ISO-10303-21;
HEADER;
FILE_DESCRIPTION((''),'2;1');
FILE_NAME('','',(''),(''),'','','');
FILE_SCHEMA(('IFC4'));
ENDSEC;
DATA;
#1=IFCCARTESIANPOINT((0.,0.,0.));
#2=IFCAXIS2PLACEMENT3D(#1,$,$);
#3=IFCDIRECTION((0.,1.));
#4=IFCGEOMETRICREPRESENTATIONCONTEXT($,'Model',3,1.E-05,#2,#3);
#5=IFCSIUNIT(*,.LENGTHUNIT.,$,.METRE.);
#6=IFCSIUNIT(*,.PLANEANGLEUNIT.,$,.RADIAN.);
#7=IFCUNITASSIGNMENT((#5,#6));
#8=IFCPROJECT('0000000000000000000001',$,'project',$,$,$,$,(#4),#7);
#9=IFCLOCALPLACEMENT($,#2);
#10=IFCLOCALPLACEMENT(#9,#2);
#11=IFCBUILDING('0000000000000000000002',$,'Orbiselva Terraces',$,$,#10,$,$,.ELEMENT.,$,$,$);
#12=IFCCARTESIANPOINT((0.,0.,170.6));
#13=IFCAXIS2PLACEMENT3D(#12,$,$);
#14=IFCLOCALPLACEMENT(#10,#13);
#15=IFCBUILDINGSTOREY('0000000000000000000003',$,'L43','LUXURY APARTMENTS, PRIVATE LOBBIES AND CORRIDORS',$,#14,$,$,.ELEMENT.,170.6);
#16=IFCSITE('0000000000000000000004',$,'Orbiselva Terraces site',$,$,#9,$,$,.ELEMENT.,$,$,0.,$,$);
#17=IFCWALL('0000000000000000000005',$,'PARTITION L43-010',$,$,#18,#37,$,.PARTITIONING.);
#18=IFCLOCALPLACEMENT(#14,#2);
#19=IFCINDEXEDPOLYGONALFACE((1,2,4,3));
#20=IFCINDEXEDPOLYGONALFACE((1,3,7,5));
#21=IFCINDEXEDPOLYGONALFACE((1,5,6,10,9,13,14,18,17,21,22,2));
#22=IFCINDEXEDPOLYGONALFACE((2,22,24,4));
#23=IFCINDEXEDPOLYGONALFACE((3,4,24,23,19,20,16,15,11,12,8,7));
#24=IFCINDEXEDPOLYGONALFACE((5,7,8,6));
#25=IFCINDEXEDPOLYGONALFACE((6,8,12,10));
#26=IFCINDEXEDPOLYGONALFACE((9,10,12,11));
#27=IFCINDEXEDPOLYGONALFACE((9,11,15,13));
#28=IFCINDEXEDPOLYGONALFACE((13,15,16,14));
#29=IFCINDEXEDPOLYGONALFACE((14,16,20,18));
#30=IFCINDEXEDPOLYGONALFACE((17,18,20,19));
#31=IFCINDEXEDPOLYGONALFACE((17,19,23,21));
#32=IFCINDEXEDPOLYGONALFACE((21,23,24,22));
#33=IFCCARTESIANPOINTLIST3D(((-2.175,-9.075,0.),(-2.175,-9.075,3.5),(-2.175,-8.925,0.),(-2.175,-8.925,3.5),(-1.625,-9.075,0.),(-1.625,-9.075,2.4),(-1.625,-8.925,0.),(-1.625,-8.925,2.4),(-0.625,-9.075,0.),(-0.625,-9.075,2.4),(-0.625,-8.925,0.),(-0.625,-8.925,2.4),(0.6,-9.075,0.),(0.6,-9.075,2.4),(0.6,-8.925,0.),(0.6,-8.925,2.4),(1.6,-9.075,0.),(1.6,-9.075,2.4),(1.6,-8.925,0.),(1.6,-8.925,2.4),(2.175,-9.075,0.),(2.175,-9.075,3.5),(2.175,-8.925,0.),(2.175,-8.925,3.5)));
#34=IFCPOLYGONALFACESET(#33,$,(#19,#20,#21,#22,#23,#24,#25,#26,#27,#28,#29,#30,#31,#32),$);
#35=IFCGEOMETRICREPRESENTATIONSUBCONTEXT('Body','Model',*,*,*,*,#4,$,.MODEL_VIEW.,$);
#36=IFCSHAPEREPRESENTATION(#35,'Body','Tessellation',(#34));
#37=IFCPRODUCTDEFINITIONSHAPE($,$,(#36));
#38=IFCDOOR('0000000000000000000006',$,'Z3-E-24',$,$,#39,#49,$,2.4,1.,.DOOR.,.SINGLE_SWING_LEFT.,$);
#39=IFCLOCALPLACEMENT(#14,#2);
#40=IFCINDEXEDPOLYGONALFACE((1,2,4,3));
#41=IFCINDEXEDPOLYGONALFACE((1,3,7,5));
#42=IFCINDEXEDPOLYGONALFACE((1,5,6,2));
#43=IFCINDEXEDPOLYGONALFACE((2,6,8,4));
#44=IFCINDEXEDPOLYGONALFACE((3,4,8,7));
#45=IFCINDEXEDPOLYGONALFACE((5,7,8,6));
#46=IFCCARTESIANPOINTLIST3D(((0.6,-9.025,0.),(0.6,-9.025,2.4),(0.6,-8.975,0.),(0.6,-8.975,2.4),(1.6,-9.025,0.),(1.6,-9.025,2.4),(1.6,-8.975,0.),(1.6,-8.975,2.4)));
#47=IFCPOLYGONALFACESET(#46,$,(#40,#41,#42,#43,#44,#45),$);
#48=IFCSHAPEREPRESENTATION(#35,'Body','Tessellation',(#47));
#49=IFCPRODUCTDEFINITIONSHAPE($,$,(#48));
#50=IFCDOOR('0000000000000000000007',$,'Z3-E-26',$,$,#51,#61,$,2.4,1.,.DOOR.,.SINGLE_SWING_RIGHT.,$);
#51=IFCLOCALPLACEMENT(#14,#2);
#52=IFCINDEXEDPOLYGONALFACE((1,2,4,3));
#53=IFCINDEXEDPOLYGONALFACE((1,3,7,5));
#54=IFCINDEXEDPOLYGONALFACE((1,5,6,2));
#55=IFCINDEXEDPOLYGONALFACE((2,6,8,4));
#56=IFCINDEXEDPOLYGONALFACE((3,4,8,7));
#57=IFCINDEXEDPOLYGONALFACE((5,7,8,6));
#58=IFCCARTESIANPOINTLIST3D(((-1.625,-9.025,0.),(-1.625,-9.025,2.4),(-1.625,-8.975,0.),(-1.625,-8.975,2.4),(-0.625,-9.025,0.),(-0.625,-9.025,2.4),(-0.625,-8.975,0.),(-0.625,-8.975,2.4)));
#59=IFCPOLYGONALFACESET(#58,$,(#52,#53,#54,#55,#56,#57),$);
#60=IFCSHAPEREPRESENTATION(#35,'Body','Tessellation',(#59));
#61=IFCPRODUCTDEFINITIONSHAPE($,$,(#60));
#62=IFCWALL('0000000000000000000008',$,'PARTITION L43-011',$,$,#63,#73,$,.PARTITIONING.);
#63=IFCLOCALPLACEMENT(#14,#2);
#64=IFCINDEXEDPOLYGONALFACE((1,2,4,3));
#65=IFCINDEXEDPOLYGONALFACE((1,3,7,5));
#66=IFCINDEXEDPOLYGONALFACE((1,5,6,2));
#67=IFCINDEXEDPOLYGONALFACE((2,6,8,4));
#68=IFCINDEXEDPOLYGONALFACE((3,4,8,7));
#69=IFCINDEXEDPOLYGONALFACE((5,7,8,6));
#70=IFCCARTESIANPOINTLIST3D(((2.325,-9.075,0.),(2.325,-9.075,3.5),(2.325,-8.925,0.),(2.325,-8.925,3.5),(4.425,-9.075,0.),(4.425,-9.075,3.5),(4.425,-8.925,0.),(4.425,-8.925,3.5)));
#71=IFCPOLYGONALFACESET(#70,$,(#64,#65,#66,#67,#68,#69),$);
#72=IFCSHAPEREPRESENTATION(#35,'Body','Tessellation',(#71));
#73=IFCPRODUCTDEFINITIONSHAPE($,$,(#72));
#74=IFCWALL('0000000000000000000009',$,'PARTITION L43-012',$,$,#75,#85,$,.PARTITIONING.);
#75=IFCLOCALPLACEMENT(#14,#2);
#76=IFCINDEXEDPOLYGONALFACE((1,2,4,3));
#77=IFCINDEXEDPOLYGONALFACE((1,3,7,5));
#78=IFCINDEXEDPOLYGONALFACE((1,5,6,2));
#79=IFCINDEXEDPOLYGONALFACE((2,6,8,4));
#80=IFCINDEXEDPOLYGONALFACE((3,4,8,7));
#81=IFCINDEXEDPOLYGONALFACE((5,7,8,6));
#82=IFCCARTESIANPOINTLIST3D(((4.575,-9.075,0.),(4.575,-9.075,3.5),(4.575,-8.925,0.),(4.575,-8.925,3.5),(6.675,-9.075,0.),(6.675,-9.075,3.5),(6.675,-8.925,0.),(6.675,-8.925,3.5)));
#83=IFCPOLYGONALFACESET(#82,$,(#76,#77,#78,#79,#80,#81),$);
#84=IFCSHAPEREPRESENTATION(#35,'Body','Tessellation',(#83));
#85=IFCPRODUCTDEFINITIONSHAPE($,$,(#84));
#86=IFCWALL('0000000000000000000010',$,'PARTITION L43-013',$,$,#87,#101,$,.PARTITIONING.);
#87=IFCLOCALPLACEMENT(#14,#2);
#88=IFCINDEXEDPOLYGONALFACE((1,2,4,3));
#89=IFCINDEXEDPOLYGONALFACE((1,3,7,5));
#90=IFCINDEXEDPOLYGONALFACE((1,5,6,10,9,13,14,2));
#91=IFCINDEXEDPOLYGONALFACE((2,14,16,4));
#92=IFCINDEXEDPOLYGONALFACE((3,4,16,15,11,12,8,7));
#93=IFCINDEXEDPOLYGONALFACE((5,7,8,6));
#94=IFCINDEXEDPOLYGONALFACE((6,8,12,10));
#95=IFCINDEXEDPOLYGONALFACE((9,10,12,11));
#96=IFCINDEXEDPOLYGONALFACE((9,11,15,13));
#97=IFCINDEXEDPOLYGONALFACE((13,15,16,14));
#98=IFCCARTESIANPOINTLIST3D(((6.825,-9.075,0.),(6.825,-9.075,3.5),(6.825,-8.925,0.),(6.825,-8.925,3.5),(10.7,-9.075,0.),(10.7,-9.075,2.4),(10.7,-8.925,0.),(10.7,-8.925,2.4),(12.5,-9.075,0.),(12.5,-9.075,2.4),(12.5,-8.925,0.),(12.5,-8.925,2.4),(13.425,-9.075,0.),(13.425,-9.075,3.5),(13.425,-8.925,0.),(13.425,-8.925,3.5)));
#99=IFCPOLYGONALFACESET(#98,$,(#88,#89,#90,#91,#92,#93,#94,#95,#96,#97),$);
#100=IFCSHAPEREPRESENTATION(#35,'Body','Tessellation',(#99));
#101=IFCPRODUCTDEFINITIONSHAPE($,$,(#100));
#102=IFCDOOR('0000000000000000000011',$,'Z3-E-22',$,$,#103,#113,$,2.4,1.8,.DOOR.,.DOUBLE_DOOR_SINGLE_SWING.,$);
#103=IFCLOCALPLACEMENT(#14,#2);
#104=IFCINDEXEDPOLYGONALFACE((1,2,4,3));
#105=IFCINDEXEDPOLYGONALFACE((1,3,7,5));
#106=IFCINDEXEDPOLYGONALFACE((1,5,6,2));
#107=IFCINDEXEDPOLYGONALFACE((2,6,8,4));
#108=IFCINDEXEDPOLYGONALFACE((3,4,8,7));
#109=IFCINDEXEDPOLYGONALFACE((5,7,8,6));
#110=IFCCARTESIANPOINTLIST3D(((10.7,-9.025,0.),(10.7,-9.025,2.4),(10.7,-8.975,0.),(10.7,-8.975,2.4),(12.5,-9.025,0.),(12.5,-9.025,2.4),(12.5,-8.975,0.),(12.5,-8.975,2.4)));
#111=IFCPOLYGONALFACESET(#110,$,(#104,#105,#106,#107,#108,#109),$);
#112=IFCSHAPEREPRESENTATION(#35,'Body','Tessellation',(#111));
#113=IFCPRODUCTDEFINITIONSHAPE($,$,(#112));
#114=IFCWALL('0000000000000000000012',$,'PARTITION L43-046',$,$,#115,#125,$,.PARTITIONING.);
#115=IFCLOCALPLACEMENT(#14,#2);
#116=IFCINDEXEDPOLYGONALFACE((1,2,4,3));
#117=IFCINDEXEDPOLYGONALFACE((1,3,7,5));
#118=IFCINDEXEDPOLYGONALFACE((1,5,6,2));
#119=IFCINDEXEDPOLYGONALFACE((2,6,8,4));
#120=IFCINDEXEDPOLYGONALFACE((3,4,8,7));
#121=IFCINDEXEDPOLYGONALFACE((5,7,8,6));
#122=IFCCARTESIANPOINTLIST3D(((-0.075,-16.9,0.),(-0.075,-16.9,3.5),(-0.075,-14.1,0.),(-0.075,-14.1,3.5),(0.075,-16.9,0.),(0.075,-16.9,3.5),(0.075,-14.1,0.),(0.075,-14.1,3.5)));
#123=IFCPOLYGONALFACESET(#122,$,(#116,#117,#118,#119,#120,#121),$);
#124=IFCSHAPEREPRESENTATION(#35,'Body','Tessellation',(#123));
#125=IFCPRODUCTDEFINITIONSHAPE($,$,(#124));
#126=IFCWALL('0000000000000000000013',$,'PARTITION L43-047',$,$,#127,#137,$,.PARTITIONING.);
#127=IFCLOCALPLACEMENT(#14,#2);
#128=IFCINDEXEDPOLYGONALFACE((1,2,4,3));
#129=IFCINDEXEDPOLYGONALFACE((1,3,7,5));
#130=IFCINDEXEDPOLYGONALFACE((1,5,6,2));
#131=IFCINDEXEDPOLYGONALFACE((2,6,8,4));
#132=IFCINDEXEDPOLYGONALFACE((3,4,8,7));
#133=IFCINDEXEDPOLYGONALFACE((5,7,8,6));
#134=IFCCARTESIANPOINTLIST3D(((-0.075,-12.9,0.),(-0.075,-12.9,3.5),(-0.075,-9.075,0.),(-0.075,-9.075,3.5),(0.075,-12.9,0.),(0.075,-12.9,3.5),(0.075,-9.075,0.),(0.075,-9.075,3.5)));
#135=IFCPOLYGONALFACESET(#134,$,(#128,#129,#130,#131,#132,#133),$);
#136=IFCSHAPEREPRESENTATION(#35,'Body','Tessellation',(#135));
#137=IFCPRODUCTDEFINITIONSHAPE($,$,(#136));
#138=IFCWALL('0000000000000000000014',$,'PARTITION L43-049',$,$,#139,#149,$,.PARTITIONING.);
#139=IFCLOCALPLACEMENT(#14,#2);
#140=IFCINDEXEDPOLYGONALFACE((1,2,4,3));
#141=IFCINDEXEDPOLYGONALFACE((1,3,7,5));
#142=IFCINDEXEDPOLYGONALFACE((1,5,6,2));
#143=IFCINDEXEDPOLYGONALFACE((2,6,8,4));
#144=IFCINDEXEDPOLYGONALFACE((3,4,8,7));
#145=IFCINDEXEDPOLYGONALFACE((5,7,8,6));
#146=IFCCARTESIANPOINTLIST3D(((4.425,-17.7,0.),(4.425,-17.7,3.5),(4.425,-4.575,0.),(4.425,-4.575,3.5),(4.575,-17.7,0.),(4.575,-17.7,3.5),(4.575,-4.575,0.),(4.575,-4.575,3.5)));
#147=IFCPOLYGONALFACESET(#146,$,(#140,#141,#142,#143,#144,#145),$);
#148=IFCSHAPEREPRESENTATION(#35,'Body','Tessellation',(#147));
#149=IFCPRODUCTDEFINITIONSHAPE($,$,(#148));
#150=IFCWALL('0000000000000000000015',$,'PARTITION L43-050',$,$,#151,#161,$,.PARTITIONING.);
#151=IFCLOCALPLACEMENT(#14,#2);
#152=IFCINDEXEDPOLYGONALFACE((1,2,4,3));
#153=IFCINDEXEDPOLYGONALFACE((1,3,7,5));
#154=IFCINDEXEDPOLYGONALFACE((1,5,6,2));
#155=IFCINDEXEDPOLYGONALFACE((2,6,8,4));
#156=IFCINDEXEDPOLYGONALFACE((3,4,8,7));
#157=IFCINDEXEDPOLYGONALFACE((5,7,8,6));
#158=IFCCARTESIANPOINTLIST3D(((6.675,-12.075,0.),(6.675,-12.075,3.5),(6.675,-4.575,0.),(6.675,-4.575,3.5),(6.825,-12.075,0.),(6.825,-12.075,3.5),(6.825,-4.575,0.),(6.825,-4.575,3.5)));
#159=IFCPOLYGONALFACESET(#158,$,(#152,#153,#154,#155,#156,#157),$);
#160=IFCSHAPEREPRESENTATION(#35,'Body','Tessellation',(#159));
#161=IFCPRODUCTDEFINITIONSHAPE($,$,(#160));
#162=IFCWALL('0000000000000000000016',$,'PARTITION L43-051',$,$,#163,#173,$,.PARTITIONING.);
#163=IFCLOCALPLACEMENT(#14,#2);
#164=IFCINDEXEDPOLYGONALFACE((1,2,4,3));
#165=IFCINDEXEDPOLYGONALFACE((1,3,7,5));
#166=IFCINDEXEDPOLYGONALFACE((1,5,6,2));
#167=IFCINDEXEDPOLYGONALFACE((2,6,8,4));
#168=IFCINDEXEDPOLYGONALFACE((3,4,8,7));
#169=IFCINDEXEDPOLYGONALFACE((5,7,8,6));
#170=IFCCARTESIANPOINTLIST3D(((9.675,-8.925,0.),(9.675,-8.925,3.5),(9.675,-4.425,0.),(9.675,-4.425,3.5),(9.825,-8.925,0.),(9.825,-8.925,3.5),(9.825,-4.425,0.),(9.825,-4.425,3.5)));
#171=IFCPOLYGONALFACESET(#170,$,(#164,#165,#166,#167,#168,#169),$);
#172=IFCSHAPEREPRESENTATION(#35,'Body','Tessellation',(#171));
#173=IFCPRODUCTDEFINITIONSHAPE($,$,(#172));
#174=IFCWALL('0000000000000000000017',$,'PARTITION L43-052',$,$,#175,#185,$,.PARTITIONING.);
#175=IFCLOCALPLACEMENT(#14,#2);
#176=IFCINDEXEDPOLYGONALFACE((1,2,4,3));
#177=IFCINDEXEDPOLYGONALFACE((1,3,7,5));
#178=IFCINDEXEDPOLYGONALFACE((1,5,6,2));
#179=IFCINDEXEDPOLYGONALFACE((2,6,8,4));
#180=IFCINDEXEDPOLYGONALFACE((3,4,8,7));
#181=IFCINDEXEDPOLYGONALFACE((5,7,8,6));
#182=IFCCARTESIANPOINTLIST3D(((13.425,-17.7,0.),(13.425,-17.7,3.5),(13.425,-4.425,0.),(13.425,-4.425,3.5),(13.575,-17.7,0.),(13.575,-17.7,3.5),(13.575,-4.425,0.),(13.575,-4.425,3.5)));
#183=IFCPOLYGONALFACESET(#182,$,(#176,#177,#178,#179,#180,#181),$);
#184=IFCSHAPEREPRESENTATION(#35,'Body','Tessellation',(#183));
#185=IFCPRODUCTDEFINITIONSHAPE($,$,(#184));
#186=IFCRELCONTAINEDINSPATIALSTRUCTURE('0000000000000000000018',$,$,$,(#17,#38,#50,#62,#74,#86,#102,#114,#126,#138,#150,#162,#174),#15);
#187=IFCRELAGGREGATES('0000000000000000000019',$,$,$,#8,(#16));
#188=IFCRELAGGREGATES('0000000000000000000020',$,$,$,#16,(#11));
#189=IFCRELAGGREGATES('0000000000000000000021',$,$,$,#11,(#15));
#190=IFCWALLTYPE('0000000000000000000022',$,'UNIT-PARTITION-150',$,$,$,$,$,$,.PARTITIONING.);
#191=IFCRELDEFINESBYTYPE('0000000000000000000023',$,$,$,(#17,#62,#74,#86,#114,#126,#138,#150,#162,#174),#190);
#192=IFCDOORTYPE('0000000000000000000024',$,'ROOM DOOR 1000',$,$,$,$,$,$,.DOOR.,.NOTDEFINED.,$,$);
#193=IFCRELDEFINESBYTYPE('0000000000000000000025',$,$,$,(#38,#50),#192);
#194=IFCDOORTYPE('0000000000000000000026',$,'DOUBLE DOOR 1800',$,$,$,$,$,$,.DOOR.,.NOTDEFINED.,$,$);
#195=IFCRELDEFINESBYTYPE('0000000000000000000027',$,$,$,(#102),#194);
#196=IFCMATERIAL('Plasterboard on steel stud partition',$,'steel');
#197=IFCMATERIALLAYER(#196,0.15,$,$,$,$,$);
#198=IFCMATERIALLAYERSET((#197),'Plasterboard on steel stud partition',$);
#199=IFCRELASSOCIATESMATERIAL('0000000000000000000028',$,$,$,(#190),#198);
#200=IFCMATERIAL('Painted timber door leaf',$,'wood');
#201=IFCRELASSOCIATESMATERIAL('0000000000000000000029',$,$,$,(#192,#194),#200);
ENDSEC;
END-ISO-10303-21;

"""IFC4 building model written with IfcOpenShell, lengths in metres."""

from ifc_helpers import new_model, si_unit, direction, frame, frame_2d, origin, place, context, subcontext, project, spatial, rectangle, extrude, material, layer, layer_set, type_object, element, fill, save


model = new_model("IFC4")

# Units and contexts
model_context = context("Model", 3, precision=1e-05, world=origin(), true_north=direction((0.0, 1.0)))
body_context = subcontext(model_context, "Body", "Model", "MODEL_VIEW")
ifc_project = project(units=[si_unit("LENGTHUNIT", "METRE"), si_unit("PLANEANGLEUNIT", "RADIAN")], contexts=[model_context])

# Site, building, storey
site_placement = place(None, origin())
site = spatial("IfcSite", under=ifc_project, at=site_placement, Name="Orbiselva Terraces site", CompositionType="ELEMENT", RefElevation=0.0)
building_placement = place(site_placement, origin())
building = spatial("IfcBuilding", under=site, at=building_placement, Name="Orbiselva Terraces", CompositionType="ELEMENT")
storey_placement = place(building_placement, frame((0.0, 0.0, 170.6)))
storey = spatial("IfcBuildingStorey", under=building, at=storey_placement, Name="L43", Description="LUXURY APARTMENTS, PRIVATE LOBBIES AND CORRIDORS", CompositionType="ELEMENT", Elevation=170.6)

# Shared definitions
ifc_material_1 = material(Name="Plasterboard on steel stud partition", Category="steel")
ifc_layer_1 = layer(ifc_material_1, 0.15)
ifc_layer_set_1 = layer_set([ifc_layer_1], Name="Plasterboard on steel stud partition")
wall_type_1 = type_object("IfcWallType", Name="UNIT-PARTITION-150", PredefinedType="PARTITIONING", material=ifc_layer_set_1)
ifc_material_2 = material(Name="Painted timber door leaf", Category="wood")

# Wall, openings, doors
wall_1_placement = place(storey_placement, frame((2.175, -9.0, 0.0), z_axis=(0.0, 0.0, 1.0), x_axis=(-1.0, 0.0, 0.0)))
wall_1 = element("IfcWall", 1, at=wall_1_placement, inside=storey, type_object=wall_type_1, Name="PARTITION L43-010", PredefinedType="PARTITIONING", context=body_context, shape_type="SweptSolid", body=[
    extrude(rectangle(XDim=4.35, YDim=0.15, at=frame_2d((2.175, 0.0))), origin(), (0.0, 0.0, 1.0), 3.5),
])
opening_1_placement = place(wall_1_placement, frame((0.575, 0.0, 0.0)))
opening_1 = element("IfcOpeningElement", 2, at=opening_1_placement, cuts=wall_1, PredefinedType="OPENING", context=body_context, shape_type="SweptSolid", body=[
    extrude(rectangle(XDim=1.0, YDim=2.4, at=frame_2d((0.5, 1.2))), frame((0.0, 0.085, 0.0), z_axis=(0.0, -1.0, 0.0), x_axis=(1.0, 0.0, 0.0)), (0.0, 0.0, 1.0), 0.17),
])
opening_2_placement = place(wall_1_placement, frame((2.8, 0.0, 0.0)))
opening_2 = element("IfcOpeningElement", 3, at=opening_2_placement, cuts=wall_1, PredefinedType="OPENING", context=body_context, shape_type="SweptSolid", body=[
    extrude(rectangle(XDim=1.0, YDim=2.4, at=frame_2d((0.5, 1.2))), frame((0.0, 0.085, 0.0), z_axis=(0.0, -1.0, 0.0), x_axis=(1.0, 0.0, 0.0)), (0.0, 0.0, 1.0), 0.17),
])
door_type_1 = type_object("IfcDoorType", Name="ROOM DOOR 1000", OperationType="NOTDEFINED", PredefinedType="DOOR", material=ifc_material_2)
door_1_placement = place(opening_1_placement, origin())
door_1 = element("IfcDoor", 4, at=door_1_placement, inside=storey, type_object=door_type_1, Name="Z3-E-24", OperationType="SINGLE_SWING_LEFT", OverallHeight=2.4, OverallWidth=1.0, PredefinedType="DOOR", context=body_context, shape_type="SweptSolid", body=[
    extrude(rectangle(XDim=1.0, YDim=2.4, at=frame_2d((0.5, 1.2))), frame((0.0, 0.025, 0.0), z_axis=(0.0, -1.0, 0.0), x_axis=(1.0, 0.0, 0.0)), (0.0, 0.0, 1.0), 0.05),
])
fill(opening_1, door_1)
door_2_placement = place(opening_2_placement, origin())
door_2 = element("IfcDoor", 5, at=door_2_placement, inside=storey, type_object=door_type_1, Name="Z3-E-26", OperationType="SINGLE_SWING_RIGHT", OverallHeight=2.4, OverallWidth=1.0, PredefinedType="DOOR", context=body_context, shape_type="SweptSolid", body=[
    extrude(rectangle(XDim=1.0, YDim=2.4, at=frame_2d((0.5, 1.2))), frame((0.0, 0.025, 0.0), z_axis=(0.0, -1.0, 0.0), x_axis=(1.0, 0.0, 0.0)), (0.0, 0.0, 1.0), 0.05),
])
fill(opening_2, door_2)

# Walls
for number, where, z_axis, x_axis, name in (
    (6, (2.325, -9.0, 0.0), (0.0, 0.0, 1.0), (1.0, 0.0, 0.0), "PARTITION L43-011"),
    (7, (4.575, -9.0, 0.0), (0.0, 0.0, 1.0), (1.0, 0.0, 0.0), "PARTITION L43-012"),
):
    element("IfcWall", number, at=place(storey_placement, frame(where, z_axis=z_axis, x_axis=x_axis)), inside=storey, type_object=wall_type_1, Name=name, PredefinedType="PARTITIONING", context=body_context, shape_type="SweptSolid", body=[
        extrude(rectangle(XDim=2.1, YDim=0.15, at=frame_2d((1.05, 0.0))), origin(), (0.0, 0.0, 1.0), 3.5),
    ])

# Wall, opening, door
wall_2_placement = place(storey_placement, frame((13.425, -9.0, 0.0), z_axis=(0.0, 0.0, 1.0), x_axis=(-1.0, 0.0, 0.0)))
wall_2 = element("IfcWall", 8, at=wall_2_placement, inside=storey, type_object=wall_type_1, Name="PARTITION L43-013", PredefinedType="PARTITIONING", context=body_context, shape_type="SweptSolid", body=[
    extrude(rectangle(XDim=6.6, YDim=0.15, at=frame_2d((3.3, 0.0))), origin(), (0.0, 0.0, 1.0), 3.5),
])
opening_3_placement = place(wall_2_placement, frame((0.925, 0.0, 0.0)))
opening_3 = element("IfcOpeningElement", 9, at=opening_3_placement, cuts=wall_2, PredefinedType="OPENING", context=body_context, shape_type="SweptSolid", body=[
    extrude(rectangle(XDim=1.8, YDim=2.4, at=frame_2d((0.9, 1.2))), frame((0.0, 0.085, 0.0), z_axis=(0.0, -1.0, 0.0), x_axis=(1.0, 0.0, 0.0)), (0.0, 0.0, 1.0), 0.17),
])
door_type_2 = type_object("IfcDoorType", Name="DOUBLE DOOR 1800", OperationType="NOTDEFINED", PredefinedType="DOOR", material=ifc_material_2)
door_3_placement = place(opening_3_placement, origin())
door_3 = element("IfcDoor", 10, at=door_3_placement, inside=storey, type_object=door_type_2, Name="Z3-E-22", OperationType="DOUBLE_DOOR_SINGLE_SWING", OverallHeight=2.4, OverallWidth=1.8, PredefinedType="DOOR", context=body_context, shape_type="SweptSolid", body=[
    extrude(rectangle(XDim=1.8, YDim=2.4, at=frame_2d((0.9, 1.2))), frame((0.0, 0.025, 0.0), z_axis=(0.0, -1.0, 0.0), x_axis=(1.0, 0.0, 0.0)), (0.0, 0.0, 1.0), 0.05),
])
fill(opening_3, door_3)

# Walls
wall_3_placement = place(storey_placement, frame((0.0, -16.9, 0.0), z_axis=(0.0, 0.0, 1.0), x_axis=(0.0, 1.0, 0.0)))
element("IfcWall", 11, at=wall_3_placement, inside=storey, type_object=wall_type_1, Name="PARTITION L43-046", PredefinedType="PARTITIONING", context=body_context, shape_type="SweptSolid", body=[
    extrude(rectangle(XDim=2.8, YDim=0.15, at=frame_2d((1.4, 0.0))), origin(), (0.0, 0.0, 1.0), 3.5),
])
wall_4_placement = place(storey_placement, frame((0.0, -12.9, 0.0), z_axis=(0.0, 0.0, 1.0), x_axis=(0.0, 1.0, 0.0)))
element("IfcWall", 12, at=wall_4_placement, inside=storey, type_object=wall_type_1, Name="PARTITION L43-047", PredefinedType="PARTITIONING", context=body_context, shape_type="SweptSolid", body=[
    extrude(rectangle(XDim=3.825, YDim=0.15, at=frame_2d((1.9125, 0.0))), origin(), (0.0, 0.0, 1.0), 3.5),
])
wall_5_placement = place(storey_placement, frame((4.5, -17.7, 0.0), z_axis=(0.0, 0.0, 1.0), x_axis=(0.0, 1.0, 0.0)))
element("IfcWall", 13, at=wall_5_placement, inside=storey, type_object=wall_type_1, Name="PARTITION L43-049", PredefinedType="PARTITIONING", context=body_context, shape_type="SweptSolid", body=[
    extrude(rectangle(XDim=13.125, YDim=0.15, at=frame_2d((6.5625, 0.0))), origin(), (0.0, 0.0, 1.0), 3.5),
])
wall_6_placement = place(storey_placement, frame((6.75, -12.075, 0.0), z_axis=(0.0, 0.0, 1.0), x_axis=(0.0, 1.0, 0.0)))
element("IfcWall", 14, at=wall_6_placement, inside=storey, type_object=wall_type_1, Name="PARTITION L43-050", PredefinedType="PARTITIONING", context=body_context, shape_type="SweptSolid", body=[
    extrude(rectangle(XDim=7.5, YDim=0.15, at=frame_2d((3.75, 0.0))), origin(), (0.0, 0.0, 1.0), 3.5),
])
wall_7_placement = place(storey_placement, frame((9.75, -8.925, 0.0), z_axis=(0.0, 0.0, 1.0), x_axis=(0.0, 1.0, 0.0)))
element("IfcWall", 15, at=wall_7_placement, inside=storey, type_object=wall_type_1, Name="PARTITION L43-051", PredefinedType="PARTITIONING", context=body_context, shape_type="SweptSolid", body=[
    extrude(rectangle(XDim=4.5, YDim=0.15, at=frame_2d((2.25, 0.0))), origin(), (0.0, 0.0, 1.0), 3.5),
])
wall_8_placement = place(storey_placement, frame((13.5, -17.7, 0.0), z_axis=(0.0, 0.0, 1.0), x_axis=(0.0, 1.0, 0.0)))
element("IfcWall", 16, at=wall_8_placement, inside=storey, type_object=wall_type_1, Name="PARTITION L43-052", PredefinedType="PARTITIONING", context=body_context, shape_type="SweptSolid", body=[
    extrude(rectangle(XDim=13.275, YDim=0.15, at=frame_2d((6.6375, 0.0))), origin(), (0.0, 0.0, 1.0), 3.5),
])

save(model, "model.ifc")
